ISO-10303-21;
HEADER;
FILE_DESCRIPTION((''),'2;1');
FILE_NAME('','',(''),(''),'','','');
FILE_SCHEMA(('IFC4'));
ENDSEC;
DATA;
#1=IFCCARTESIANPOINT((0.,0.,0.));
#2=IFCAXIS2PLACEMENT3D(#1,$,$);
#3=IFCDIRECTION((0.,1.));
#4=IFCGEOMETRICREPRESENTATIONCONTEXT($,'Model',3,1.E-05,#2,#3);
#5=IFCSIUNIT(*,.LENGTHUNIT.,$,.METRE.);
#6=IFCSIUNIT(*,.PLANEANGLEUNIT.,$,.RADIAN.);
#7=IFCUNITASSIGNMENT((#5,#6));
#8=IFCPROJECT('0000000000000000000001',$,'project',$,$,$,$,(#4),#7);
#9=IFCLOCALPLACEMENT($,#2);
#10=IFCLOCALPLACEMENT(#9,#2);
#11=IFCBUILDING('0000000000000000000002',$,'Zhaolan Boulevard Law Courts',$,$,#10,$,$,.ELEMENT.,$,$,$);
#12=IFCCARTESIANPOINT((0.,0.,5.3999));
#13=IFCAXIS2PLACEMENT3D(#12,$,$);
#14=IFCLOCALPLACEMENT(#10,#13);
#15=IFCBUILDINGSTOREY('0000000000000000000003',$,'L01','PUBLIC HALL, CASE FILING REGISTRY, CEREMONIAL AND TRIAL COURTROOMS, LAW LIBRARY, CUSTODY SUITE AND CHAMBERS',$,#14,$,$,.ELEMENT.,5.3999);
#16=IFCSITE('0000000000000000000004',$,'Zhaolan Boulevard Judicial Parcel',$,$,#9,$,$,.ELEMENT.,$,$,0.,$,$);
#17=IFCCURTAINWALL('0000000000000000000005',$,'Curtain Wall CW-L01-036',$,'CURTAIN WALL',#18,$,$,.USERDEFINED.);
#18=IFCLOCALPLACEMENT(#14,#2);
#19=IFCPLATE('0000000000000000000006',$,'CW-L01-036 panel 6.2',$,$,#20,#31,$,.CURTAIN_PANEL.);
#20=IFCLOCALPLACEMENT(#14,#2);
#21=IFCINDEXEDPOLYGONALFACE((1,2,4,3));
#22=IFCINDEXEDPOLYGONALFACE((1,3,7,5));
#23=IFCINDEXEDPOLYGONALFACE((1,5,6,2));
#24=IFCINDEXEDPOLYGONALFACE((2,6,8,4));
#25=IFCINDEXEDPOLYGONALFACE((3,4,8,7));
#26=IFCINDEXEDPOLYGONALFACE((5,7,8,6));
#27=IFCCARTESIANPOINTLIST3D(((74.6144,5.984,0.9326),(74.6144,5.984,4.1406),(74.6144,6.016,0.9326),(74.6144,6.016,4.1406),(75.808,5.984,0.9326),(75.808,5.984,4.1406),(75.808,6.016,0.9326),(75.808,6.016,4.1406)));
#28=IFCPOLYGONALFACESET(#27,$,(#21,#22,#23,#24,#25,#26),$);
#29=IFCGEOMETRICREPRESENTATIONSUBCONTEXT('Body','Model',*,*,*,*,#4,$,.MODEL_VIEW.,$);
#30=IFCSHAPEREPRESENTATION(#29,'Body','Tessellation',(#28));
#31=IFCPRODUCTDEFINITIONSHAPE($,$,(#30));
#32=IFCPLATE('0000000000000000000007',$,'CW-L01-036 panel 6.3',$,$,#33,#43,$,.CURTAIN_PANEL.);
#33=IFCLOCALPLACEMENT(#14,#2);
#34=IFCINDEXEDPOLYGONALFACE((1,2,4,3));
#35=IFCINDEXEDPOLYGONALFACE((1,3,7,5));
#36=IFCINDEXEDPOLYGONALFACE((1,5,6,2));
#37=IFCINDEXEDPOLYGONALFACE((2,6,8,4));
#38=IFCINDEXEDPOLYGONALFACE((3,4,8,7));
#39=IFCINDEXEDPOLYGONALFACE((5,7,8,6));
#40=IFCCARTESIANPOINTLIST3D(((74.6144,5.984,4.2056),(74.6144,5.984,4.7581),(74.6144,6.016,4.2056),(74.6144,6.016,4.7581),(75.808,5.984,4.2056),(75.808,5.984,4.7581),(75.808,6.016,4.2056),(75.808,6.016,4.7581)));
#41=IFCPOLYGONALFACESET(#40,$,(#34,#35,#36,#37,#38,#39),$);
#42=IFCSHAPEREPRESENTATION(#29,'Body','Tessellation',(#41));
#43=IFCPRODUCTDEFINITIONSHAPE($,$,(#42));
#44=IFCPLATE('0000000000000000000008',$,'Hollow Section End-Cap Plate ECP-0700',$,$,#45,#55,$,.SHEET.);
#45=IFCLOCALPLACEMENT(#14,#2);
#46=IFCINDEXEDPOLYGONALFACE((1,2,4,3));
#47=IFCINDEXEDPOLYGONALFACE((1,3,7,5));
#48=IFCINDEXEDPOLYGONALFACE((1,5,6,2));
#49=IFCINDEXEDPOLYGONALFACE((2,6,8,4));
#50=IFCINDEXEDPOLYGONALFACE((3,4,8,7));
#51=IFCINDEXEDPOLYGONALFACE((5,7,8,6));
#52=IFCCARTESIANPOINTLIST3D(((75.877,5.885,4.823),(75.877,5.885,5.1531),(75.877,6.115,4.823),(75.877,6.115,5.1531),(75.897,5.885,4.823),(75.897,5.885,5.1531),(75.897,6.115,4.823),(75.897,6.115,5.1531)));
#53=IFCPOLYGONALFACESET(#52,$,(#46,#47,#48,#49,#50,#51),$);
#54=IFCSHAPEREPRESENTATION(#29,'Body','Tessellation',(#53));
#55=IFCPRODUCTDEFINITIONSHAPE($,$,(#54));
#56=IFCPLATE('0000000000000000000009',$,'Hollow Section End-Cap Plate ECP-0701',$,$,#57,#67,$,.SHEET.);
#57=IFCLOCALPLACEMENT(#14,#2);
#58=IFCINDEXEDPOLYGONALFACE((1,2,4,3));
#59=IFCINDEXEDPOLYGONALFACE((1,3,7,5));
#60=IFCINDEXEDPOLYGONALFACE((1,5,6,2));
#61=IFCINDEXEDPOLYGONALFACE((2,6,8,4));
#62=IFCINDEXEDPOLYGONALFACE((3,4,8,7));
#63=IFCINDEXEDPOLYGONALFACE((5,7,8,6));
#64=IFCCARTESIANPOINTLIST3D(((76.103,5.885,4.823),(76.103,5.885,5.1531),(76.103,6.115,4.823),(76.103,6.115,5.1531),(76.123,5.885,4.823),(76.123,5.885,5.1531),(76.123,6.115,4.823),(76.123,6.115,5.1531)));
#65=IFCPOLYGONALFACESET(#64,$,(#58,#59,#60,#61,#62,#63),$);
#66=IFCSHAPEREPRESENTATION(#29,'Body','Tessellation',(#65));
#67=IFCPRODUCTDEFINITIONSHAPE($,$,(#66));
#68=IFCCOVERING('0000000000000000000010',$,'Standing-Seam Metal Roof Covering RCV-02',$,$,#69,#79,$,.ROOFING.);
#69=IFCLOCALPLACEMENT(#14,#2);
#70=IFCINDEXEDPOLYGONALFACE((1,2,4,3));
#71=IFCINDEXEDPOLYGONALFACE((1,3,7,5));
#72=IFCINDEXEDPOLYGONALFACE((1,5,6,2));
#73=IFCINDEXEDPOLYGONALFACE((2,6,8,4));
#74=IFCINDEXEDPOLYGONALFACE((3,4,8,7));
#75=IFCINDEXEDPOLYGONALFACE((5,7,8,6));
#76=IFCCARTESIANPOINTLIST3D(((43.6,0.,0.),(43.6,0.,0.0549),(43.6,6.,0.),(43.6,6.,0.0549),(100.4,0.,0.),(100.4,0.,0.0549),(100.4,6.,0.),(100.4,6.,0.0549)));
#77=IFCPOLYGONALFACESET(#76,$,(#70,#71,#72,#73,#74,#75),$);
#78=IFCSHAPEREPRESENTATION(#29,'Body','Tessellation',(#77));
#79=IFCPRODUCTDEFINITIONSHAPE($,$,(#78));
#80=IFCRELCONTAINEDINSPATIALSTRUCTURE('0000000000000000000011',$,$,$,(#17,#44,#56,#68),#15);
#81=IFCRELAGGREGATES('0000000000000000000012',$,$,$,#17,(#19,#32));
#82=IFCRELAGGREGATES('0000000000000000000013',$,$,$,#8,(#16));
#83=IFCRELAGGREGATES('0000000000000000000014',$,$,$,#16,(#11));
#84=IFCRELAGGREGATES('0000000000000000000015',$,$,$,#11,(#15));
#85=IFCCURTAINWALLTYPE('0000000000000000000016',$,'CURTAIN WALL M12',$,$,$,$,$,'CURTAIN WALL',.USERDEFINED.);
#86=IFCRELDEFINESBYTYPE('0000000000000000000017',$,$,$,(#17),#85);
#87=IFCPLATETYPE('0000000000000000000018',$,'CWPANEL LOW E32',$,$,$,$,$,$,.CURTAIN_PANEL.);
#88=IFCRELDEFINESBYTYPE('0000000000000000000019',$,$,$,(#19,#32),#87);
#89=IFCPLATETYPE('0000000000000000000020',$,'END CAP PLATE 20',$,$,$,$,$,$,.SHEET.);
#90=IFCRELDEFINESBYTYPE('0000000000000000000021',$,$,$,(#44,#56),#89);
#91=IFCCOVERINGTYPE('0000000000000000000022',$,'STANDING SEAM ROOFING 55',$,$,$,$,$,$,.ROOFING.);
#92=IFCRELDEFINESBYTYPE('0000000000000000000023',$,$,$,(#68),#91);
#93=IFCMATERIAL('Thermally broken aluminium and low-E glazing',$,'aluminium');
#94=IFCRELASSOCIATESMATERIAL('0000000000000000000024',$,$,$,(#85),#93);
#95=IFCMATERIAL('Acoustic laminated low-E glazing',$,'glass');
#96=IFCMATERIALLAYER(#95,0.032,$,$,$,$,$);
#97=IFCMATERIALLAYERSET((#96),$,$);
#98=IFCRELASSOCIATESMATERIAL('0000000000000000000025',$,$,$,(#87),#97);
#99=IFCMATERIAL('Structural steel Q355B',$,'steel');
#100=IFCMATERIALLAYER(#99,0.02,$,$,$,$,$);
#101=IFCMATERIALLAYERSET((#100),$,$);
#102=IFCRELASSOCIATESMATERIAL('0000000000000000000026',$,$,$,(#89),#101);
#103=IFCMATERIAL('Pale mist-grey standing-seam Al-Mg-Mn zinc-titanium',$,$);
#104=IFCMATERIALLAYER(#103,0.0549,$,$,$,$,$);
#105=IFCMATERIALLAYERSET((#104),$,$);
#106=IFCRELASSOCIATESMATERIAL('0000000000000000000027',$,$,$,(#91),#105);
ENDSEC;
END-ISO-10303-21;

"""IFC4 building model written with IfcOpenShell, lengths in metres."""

from ifc_helpers import new_model, si_unit, direction, frame, origin, origin_2d, place, context, subcontext, project, spatial, rectangle, extrude, material, layer, layer_set, type_object, element, aggregate, save


model = new_model("IFC4")

# Units and contexts
model_context = context("Model", 3, precision=1e-05, world=origin(), true_north=direction((0.0, 1.0)))
body_context = subcontext(model_context, "Body", "Model", "MODEL_VIEW")
ifc_project = project(units=[si_unit("LENGTHUNIT", "METRE"), si_unit("PLANEANGLEUNIT", "RADIAN")], contexts=[model_context])

# Site, building, storey
site_placement = place(None, origin())
site = spatial("IfcSite", under=ifc_project, at=site_placement, Name="Zhaolan Boulevard Judicial Parcel", CompositionType="ELEMENT", RefElevation=0.0)
building_placement = place(site_placement, origin())
building = spatial("IfcBuilding", under=site, at=building_placement, Name="Zhaolan Boulevard Law Courts", CompositionType="ELEMENT")
storey_placement = place(building_placement, frame((0.0, 0.0, 5.3999)))
storey = spatial("IfcBuildingStorey", under=building, at=storey_placement, Name="L01", Description="PUBLIC HALL, CASE FILING REGISTRY, CEREMONIAL AND TRIAL COURTROOMS, LAW LIBRARY, CUSTODY SUITE AND CHAMBERS", CompositionType="ELEMENT", Elevation=5.3999)

# Curtain wall
ifc_material_1 = material(Name="Thermally broken aluminium and low-E glazing", Category="aluminium")
curtain_wall_type_1 = type_object("IfcCurtainWallType", Name="CURTAIN WALL M12", ElementType="CURTAIN WALL", PredefinedType="USERDEFINED", material=ifc_material_1)
curtain_wall_1_placement = place(storey_placement, origin())
curtain_wall_1 = element("IfcCurtainWall", 1, at=curtain_wall_1_placement, inside=storey, type_object=curtain_wall_type_1, Name="Curtain Wall CW-L01-036", ObjectType="CURTAIN WALL", PredefinedType="USERDEFINED")

# Plates
ifc_material_2 = material(Name="Acoustic laminated low-E glazing", Category="glass")
ifc_layer_1 = layer(ifc_material_2, 0.032)
ifc_layer_set_1 = layer_set([ifc_layer_1])
plate_type_1 = type_object("IfcPlateType", Name="CWPANEL LOW E32", PredefinedType="CURTAIN_PANEL", material=ifc_layer_set_1)
plate_1_placement = place(storey_placement, frame((75.2112, 6.0, 0.9326), z_axis=(0.0, 0.0, 1.0), x_axis=(1.0, 0.0, 0.0)))
plate_1 = element("IfcPlate", 2, at=plate_1_placement, type_object=plate_type_1, Name="CW-L01-036 panel 6.2", PredefinedType="CURTAIN_PANEL", context=body_context, shape_type="SweptSolid", body=[
    extrude(rectangle(XDim=1.1936, YDim=0.032, at=origin_2d()), origin(), (0.0, 0.0, 1.0), 3.208),
])
plate_2_placement = place(storey_placement, frame((75.2112, 6.0, 4.2056), z_axis=(0.0, 0.0, 1.0), x_axis=(1.0, 0.0, 0.0)))
plate_2 = element("IfcPlate", 3, at=plate_2_placement, type_object=plate_type_1, Name="CW-L01-036 panel 6.3", PredefinedType="CURTAIN_PANEL", context=body_context, shape_type="SweptSolid", body=[
    extrude(rectangle(XDim=1.1936, YDim=0.032, at=origin_2d()), origin(), (0.0, 0.0, 1.0), 0.5525),
])
aggregate(curtain_wall_1, [plate_1, plate_2])

# Plates
ifc_material_3 = material(Name="Structural steel Q355B", Category="steel")
ifc_layer_2 = layer(ifc_material_3, 0.02)
ifc_layer_set_2 = layer_set([ifc_layer_2])
plate_type_2 = type_object("IfcPlateType", Name="END CAP PLATE 20", PredefinedType="SHEET", material=ifc_layer_set_2)
for number, where, z_axis, x_axis, name in (
    (4, (75.887, 6.0, 4.823), (0.0, 0.0, 1.0), (1.0, 0.0, 0.0), "Hollow Section End-Cap Plate ECP-0700"),
    (5, (76.113, 6.0, 4.823), (0.0, 0.0, 1.0), (1.0, 0.0, 0.0), "Hollow Section End-Cap Plate ECP-0701"),
):
    element("IfcPlate", number, at=place(storey_placement, frame(where, z_axis=z_axis, x_axis=x_axis)), inside=storey, type_object=plate_type_2, Name=name, PredefinedType="SHEET", context=body_context, shape_type="SweptSolid", body=[
        extrude(rectangle(XDim=0.02, YDim=0.23, at=origin_2d()), origin(), (0.0, 0.0, 1.0), 0.3301),
    ])

# Covering
ifc_material_4 = material(Name="Pale mist-grey standing-seam Al-Mg-Mn zinc-titanium")
ifc_layer_3 = layer(ifc_material_4, 0.0549)
ifc_layer_set_3 = layer_set([ifc_layer_3])
covering_type = type_object("IfcCoveringType", Name="STANDING SEAM ROOFING 55", PredefinedType="ROOFING", material=ifc_layer_set_3)
covering_placement = place(storey_placement, frame((72.0, 3.0, 0.0), z_axis=(0.0, 0.0, 1.0), x_axis=(1.0, 0.0, 0.0)))
element("IfcCovering", 6, at=covering_placement, inside=storey, type_object=covering_type, Name="Standing-Seam Metal Roof Covering RCV-02", PredefinedType="ROOFING", context=body_context, shape_type="SweptSolid", body=[
    extrude(rectangle(XDim=56.8, YDim=6.0, at=origin_2d()), origin(), (0.0, 0.0, 1.0), 0.0549),
])

save(model, "model.ifc")
